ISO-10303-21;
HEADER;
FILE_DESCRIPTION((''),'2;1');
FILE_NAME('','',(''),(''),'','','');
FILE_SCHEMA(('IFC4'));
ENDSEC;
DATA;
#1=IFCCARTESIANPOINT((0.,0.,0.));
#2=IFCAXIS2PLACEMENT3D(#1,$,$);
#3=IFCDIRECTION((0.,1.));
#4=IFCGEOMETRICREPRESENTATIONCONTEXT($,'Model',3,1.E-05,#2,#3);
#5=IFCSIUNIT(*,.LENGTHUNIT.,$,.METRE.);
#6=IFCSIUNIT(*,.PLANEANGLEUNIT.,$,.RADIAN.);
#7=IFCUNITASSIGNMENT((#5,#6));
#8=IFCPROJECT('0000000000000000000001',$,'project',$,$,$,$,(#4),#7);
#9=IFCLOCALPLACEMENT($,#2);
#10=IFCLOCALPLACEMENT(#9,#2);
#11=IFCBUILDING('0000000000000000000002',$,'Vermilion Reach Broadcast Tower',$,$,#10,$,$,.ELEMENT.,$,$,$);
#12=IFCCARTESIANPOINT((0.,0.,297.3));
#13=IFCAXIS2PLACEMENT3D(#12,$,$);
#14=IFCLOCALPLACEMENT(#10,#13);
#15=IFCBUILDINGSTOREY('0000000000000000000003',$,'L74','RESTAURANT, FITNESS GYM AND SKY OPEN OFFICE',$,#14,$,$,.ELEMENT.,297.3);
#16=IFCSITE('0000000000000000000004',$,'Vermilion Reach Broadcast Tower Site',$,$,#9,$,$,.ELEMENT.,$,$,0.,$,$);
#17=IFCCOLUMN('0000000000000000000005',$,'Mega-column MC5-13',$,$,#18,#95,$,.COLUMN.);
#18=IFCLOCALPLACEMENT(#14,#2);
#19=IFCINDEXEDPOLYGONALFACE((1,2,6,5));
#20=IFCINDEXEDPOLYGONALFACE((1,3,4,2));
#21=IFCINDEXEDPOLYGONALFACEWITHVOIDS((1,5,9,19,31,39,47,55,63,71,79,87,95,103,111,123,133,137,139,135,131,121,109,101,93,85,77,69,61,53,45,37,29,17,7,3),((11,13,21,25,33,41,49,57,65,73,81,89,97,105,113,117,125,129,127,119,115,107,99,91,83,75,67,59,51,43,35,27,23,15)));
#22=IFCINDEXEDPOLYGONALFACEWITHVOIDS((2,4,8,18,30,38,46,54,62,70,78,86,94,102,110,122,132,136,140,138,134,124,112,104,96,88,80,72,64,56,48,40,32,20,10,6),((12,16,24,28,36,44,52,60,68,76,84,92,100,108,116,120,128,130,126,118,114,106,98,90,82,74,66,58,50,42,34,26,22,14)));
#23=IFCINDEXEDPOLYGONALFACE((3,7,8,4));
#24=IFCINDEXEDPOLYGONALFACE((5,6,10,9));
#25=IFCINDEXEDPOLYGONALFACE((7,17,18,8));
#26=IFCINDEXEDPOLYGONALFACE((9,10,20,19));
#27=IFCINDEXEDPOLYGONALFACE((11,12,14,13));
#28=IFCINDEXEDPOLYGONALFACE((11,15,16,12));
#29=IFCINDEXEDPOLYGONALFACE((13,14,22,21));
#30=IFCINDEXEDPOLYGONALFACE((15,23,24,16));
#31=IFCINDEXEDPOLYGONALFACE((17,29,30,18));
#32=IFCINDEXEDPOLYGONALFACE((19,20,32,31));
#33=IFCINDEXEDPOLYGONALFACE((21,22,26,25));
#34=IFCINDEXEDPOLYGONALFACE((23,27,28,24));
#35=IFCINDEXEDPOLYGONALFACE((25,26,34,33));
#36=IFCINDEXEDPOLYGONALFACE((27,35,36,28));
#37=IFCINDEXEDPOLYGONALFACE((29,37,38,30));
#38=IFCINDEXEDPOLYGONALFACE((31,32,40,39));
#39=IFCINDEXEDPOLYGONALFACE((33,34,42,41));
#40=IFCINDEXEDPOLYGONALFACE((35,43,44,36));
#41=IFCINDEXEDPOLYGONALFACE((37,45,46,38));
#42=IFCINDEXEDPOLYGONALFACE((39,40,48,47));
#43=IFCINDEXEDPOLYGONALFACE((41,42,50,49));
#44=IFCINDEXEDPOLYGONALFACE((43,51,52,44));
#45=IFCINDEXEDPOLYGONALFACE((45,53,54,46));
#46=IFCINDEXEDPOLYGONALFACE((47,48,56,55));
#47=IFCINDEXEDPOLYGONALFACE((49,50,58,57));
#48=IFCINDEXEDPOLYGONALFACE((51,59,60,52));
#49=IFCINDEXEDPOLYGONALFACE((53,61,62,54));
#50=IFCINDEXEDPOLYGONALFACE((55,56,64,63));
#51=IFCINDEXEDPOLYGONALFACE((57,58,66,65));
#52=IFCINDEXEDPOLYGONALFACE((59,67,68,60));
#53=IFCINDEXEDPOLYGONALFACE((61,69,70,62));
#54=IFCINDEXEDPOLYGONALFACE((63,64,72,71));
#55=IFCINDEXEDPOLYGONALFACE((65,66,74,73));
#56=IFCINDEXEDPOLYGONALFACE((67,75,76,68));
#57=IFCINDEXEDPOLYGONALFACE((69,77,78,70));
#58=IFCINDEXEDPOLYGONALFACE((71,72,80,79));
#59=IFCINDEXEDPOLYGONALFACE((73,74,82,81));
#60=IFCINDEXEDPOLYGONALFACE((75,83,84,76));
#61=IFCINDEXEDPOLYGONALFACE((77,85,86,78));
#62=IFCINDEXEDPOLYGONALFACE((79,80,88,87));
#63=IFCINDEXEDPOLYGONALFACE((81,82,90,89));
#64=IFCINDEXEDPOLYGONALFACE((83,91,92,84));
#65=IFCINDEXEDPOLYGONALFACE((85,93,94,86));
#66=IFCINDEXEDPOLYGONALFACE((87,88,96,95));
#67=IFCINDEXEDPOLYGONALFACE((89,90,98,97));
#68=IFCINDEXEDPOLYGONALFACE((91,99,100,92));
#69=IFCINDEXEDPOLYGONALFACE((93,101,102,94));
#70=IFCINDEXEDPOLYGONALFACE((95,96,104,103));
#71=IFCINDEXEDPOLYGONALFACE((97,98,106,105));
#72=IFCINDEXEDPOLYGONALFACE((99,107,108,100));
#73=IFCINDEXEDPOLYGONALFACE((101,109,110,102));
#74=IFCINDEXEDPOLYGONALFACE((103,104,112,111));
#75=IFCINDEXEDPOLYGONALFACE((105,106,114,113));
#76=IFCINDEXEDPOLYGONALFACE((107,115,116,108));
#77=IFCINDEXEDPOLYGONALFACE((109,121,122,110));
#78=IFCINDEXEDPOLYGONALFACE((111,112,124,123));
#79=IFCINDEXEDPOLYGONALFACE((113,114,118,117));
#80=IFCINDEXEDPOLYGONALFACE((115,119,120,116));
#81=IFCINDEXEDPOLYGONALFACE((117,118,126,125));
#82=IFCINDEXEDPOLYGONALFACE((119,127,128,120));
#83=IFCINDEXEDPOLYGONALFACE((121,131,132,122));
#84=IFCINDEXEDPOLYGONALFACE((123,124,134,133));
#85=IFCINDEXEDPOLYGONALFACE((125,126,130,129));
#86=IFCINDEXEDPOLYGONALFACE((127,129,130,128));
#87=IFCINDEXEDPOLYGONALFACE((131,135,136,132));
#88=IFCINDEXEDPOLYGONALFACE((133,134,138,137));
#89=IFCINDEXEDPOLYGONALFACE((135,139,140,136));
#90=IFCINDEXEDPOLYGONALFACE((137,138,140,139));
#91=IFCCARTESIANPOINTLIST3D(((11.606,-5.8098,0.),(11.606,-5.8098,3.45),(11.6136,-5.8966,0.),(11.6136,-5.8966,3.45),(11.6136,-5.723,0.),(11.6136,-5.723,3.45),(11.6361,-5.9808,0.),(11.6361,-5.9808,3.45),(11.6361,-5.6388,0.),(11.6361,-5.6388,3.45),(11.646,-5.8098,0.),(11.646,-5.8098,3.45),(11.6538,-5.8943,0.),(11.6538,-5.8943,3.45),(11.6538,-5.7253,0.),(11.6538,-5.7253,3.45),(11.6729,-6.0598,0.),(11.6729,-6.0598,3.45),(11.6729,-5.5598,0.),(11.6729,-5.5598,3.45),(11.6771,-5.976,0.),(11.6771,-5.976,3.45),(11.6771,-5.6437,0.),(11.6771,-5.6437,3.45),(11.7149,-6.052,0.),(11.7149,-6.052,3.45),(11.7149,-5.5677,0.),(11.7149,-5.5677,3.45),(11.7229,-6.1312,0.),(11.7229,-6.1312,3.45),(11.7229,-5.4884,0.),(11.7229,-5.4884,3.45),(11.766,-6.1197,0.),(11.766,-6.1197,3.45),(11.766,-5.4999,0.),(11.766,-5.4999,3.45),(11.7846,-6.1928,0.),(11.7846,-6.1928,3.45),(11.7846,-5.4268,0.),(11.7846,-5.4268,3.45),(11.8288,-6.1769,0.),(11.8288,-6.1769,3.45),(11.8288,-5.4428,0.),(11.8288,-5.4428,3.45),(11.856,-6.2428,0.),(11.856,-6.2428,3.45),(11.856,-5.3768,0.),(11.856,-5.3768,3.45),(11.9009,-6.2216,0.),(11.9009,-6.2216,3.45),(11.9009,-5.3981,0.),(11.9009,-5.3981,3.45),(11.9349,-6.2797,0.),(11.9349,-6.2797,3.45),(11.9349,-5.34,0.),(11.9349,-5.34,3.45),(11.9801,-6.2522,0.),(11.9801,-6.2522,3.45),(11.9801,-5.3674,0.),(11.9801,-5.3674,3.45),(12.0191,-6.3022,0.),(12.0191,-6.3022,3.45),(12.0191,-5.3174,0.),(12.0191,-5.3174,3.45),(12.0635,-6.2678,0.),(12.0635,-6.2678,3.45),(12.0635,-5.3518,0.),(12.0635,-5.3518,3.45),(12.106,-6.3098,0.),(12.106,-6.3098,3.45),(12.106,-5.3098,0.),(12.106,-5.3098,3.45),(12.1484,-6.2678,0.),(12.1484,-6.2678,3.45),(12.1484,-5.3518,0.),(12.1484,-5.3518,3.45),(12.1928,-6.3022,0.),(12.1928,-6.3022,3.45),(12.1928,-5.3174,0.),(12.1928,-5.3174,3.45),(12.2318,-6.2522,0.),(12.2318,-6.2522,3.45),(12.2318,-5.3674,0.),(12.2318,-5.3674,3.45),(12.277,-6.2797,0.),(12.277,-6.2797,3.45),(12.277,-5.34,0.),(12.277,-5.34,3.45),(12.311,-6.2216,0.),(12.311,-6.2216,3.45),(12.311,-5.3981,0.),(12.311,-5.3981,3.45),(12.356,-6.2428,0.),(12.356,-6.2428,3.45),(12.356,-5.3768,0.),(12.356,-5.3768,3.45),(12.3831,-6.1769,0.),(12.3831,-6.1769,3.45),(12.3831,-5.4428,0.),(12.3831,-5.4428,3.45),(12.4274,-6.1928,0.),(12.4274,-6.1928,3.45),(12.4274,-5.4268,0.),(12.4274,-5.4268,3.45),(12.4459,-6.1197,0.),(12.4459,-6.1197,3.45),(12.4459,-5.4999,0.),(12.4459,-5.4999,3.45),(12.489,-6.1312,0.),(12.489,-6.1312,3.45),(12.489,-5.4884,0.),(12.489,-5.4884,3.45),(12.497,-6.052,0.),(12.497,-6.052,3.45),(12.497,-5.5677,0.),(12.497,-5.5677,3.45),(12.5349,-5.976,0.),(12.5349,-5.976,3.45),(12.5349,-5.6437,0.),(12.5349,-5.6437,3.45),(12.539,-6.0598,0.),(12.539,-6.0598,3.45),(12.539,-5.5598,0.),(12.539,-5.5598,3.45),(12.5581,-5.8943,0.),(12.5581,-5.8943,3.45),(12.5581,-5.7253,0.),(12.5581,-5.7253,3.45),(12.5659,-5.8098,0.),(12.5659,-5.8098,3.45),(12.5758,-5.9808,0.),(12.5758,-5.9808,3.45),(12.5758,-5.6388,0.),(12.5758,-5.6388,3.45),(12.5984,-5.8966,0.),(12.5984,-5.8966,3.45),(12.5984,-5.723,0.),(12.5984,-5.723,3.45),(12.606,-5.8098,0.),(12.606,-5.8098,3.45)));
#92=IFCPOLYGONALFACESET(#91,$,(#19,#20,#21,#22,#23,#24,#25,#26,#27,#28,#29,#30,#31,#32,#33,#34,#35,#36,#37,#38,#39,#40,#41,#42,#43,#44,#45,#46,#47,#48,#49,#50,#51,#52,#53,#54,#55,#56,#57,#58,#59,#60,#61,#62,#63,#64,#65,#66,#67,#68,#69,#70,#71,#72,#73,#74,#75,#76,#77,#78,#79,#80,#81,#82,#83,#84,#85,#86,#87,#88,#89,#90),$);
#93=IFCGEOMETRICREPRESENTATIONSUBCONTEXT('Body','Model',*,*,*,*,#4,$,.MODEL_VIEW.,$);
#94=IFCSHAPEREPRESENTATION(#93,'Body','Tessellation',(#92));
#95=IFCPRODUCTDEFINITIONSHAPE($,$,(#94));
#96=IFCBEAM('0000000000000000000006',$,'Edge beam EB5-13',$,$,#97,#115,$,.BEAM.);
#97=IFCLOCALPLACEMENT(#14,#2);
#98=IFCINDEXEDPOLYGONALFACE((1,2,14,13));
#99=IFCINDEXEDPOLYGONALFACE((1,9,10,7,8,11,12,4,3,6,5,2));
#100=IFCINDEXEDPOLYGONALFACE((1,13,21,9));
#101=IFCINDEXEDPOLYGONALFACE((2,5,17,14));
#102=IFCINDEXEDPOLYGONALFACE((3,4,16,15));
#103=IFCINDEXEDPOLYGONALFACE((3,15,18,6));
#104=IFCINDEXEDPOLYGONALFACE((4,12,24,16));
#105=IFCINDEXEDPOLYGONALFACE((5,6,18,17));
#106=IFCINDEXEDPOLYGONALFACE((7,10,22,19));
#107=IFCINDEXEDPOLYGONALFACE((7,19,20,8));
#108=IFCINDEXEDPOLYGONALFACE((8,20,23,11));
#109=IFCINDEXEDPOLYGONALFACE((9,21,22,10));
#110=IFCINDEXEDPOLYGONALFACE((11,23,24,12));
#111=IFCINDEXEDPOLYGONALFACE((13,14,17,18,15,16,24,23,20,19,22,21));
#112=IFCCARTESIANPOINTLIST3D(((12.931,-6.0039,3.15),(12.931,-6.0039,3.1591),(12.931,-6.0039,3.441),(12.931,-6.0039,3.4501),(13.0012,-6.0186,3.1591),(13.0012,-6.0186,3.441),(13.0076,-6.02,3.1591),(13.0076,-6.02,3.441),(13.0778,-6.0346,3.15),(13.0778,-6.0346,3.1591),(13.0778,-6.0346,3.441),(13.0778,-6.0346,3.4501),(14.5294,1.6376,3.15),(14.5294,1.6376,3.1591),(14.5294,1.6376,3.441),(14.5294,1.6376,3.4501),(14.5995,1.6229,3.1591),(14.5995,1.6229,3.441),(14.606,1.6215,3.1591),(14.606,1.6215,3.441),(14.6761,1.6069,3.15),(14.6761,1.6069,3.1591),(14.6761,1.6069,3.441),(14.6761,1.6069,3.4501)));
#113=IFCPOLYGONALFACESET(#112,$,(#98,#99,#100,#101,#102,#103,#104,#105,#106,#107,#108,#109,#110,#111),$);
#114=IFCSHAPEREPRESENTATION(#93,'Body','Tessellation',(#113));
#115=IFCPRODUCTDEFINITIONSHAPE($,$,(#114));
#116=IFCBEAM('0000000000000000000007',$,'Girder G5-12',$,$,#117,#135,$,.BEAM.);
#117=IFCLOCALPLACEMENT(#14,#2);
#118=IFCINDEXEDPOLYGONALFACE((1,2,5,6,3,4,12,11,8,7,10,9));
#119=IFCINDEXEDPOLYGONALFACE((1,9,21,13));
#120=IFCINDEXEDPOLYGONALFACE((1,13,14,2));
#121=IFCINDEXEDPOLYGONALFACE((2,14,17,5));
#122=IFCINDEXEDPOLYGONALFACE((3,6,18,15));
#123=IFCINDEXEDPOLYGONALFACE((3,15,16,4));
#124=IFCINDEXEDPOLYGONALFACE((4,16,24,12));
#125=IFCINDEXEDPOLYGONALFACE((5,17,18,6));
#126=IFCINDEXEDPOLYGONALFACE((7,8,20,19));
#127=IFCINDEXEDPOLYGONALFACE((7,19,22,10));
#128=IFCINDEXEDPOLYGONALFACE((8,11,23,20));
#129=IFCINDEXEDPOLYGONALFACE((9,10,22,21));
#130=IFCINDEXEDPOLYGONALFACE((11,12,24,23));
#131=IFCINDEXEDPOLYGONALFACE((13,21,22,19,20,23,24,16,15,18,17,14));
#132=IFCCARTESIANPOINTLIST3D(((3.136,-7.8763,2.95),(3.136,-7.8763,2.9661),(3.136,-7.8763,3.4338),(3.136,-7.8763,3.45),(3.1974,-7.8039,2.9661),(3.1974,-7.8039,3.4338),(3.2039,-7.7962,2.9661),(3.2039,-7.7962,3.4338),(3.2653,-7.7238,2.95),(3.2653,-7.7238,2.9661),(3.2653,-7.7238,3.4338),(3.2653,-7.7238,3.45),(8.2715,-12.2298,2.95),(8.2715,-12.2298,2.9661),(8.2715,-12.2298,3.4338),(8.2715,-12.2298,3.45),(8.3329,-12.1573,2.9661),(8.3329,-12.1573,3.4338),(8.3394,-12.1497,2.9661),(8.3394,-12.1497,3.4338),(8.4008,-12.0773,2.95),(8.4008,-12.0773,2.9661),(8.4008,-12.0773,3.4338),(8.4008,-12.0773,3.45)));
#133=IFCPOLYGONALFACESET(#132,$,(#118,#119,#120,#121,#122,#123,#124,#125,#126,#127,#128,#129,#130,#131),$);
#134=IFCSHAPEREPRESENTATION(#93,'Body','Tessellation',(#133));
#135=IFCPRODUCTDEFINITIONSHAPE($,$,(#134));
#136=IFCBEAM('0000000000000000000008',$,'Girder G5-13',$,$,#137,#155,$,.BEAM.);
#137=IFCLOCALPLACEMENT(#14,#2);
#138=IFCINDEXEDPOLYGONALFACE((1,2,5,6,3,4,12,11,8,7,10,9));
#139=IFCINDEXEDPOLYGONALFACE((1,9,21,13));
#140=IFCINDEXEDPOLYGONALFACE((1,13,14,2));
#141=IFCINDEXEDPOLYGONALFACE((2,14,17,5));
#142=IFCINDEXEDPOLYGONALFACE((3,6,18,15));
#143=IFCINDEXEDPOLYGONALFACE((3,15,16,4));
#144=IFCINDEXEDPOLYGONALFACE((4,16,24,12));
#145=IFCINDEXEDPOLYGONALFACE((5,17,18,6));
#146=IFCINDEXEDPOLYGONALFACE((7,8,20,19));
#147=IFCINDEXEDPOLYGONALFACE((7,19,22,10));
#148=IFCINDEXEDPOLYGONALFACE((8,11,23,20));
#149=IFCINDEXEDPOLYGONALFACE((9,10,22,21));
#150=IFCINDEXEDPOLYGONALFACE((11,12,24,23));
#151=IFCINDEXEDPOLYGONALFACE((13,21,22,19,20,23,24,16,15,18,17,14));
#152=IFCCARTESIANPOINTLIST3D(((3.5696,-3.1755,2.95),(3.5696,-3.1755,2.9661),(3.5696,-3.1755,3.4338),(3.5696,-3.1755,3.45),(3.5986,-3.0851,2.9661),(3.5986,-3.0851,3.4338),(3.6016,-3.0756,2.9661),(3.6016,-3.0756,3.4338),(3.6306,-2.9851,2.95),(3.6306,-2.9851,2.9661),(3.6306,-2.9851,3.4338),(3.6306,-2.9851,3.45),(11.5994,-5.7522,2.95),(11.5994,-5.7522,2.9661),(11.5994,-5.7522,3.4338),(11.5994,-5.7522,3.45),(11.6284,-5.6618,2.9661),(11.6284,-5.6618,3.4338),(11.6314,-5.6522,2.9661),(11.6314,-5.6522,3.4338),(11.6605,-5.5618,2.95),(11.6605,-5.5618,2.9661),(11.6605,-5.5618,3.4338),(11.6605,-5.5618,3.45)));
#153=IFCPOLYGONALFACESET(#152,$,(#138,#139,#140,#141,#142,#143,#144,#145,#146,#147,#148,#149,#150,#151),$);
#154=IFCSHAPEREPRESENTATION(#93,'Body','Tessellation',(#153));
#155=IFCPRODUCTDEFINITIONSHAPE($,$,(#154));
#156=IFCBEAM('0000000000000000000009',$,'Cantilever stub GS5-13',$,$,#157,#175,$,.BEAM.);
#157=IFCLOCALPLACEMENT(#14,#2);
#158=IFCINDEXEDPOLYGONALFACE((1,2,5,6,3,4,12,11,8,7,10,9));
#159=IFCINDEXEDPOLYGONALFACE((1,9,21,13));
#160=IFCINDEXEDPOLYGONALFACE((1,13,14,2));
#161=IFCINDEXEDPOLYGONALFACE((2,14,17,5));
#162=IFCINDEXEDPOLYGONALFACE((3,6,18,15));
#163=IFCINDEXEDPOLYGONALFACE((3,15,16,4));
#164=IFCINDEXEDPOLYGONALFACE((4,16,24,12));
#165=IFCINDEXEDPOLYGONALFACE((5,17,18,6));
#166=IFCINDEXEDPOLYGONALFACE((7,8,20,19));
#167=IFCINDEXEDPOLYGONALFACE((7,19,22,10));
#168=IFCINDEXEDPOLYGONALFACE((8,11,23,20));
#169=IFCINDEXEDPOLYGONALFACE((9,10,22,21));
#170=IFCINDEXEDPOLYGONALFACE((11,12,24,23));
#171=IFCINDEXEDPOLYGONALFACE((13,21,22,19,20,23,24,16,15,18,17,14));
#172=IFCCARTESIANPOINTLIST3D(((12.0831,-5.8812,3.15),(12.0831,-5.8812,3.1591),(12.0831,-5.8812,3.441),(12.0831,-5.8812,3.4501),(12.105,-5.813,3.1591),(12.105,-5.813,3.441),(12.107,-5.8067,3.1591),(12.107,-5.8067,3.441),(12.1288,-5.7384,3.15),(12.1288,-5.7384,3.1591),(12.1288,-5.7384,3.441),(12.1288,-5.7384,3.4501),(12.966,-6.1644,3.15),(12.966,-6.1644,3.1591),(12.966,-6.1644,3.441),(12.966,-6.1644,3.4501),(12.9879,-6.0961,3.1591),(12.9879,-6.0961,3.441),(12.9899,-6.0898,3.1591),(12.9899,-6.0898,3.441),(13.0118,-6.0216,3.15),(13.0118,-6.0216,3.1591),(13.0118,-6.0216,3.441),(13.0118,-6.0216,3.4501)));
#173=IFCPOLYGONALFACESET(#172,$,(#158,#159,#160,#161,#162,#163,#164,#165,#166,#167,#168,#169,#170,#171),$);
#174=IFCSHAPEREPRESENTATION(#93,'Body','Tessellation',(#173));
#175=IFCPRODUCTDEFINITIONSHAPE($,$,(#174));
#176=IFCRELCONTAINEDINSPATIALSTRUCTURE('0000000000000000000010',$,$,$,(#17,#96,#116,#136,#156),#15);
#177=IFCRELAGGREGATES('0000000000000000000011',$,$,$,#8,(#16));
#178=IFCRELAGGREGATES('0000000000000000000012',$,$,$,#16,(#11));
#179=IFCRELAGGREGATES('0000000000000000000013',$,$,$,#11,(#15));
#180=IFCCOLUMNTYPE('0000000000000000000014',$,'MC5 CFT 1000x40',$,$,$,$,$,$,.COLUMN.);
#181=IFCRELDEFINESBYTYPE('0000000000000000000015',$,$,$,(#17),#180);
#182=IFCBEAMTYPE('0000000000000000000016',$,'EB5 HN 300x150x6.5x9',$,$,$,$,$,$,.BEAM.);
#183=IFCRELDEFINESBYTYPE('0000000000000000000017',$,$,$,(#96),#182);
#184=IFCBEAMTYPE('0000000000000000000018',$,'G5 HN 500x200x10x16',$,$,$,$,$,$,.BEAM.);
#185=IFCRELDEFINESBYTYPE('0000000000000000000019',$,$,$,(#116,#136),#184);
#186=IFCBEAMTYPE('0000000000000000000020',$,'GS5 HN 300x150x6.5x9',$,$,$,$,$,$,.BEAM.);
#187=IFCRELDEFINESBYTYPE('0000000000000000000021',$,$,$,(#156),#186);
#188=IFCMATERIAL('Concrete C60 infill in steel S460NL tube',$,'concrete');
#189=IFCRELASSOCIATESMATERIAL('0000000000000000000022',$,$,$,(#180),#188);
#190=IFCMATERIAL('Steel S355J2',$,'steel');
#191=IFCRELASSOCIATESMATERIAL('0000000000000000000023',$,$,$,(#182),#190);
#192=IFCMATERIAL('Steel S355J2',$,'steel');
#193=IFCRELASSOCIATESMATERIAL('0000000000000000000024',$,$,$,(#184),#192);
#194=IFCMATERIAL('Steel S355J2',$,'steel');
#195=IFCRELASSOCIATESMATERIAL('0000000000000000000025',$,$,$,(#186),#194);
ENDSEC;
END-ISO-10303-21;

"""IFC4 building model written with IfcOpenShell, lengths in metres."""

from ifc_helpers import new_model, si_unit, direction, frame, origin, origin_2d, place, context, subcontext, project, spatial, hollow_circle, i_section, extrude, material, material_profile, profile_set, type_object, element, save


model = new_model("IFC4")

# Units and contexts
model_context = context("Model", 3, precision=1e-05, world=origin(), true_north=direction((0.0, 1.0)))
body_context = subcontext(model_context, "Body", "Model", "MODEL_VIEW")
ifc_project = project(units=[si_unit("LENGTHUNIT", "METRE"), si_unit("PLANEANGLEUNIT", "RADIAN")], contexts=[model_context])

# Site, building, storey
site_placement = place(None, origin())
site = spatial("IfcSite", under=ifc_project, at=site_placement, Name="Vermilion Reach Broadcast Tower Site", CompositionType="ELEMENT", RefElevation=0.0)
building_placement = place(site_placement, origin())
building = spatial("IfcBuilding", under=site, at=building_placement, Name="Vermilion Reach Broadcast Tower", CompositionType="ELEMENT")
storey_placement = place(building_placement, frame((0.0, 0.0, 297.3)))
storey = spatial("IfcBuildingStorey", under=building, at=storey_placement, Name="L74", Description="RESTAURANT, FITNESS GYM AND SKY OPEN OFFICE", CompositionType="ELEMENT", Elevation=297.3)

# Column
ifc_material_1 = material(Name="Concrete C60 infill in steel S460NL tube", Category="concrete")
ifc_material_profile_1 = material_profile(ifc_material_1, hollow_circle(Radius=0.5, WallThickness=0.04, at=origin_2d()), Name="Concrete C60 infill in steel S460NL tube CFT 1000x40")
ifc_profile_set_1 = profile_set([ifc_material_profile_1], Name="Concrete C60 infill in steel S460NL tube")
column_type = type_object("IfcColumnType", Name="MC5 CFT 1000x40", PredefinedType="COLUMN", material=ifc_profile_set_1)
column_placement = place(storey_placement, frame((12.106, -5.8098, 0.0), z_axis=(0.0, 0.0, 1.0), x_axis=(1.0, 0.0, 0.0)))
element("IfcColumn", 1, at=column_placement, inside=storey, type_object=column_type, Name="Mega-column MC5-13", PredefinedType="COLUMN", context=body_context, shape_type="SweptSolid", body=[
    extrude(hollow_circle(Radius=0.5, WallThickness=0.04, at=origin_2d()), origin(), (0.0, 0.0, 1.0), 3.45),
])

# Beams
ifc_material_2 = material(Name="Steel S355J2", Category="steel")
ifc_material_profile_2 = material_profile(ifc_material_2, i_section(OverallWidth=0.1499, OverallDepth=0.3, WebThickness=0.0066, FlangeThickness=0.009, at=origin_2d()), Name="S355J2 HN 300x150x6.5x9")
ifc_profile_set_2 = profile_set([ifc_material_profile_2], Name="Steel S355J2")
beam_type_1 = type_object("IfcBeamType", Name="EB5 HN 300x150x6.5x9", PredefinedType="BEAM", material=ifc_profile_set_2)
beam_1_placement = place(storey_placement, frame((13.0044, -6.0193, 3.3), z_axis=(0.204738, 0.978817, 0.0), x_axis=(-0.978817, 0.204738, 0.0)))
element("IfcBeam", 2, at=beam_1_placement, inside=storey, type_object=beam_type_1, Name="Edge beam EB5-13", PredefinedType="BEAM", context=body_context, shape_type="SweptSolid", body=[
    extrude(i_section(OverallWidth=0.1499, OverallDepth=0.3, WebThickness=0.0066, FlangeThickness=0.009, at=origin_2d()), origin(), (0.0, 0.0, 1.0), 7.8069),
])
ifc_material_3 = material(Name="Steel S355J2", Category="steel")
ifc_material_profile_3 = material_profile(ifc_material_3, i_section(OverallWidth=0.2, OverallDepth=0.5, WebThickness=0.01, FlangeThickness=0.0161, at=origin_2d()), Name="S355J2 HN 500x200x10x16")
ifc_profile_set_3 = profile_set([ifc_material_profile_3], Name="Steel S355J2")
beam_type_2 = type_object("IfcBeamType", Name="G5 HN 500x200x10x16", PredefinedType="BEAM", material=ifc_profile_set_3)
beam_2_placement = place(storey_placement, frame((3.2007, -7.8, 3.2), z_axis=(0.762793, -0.646643, 0.0), x_axis=(0.646643, 0.762793, 0.0)))
element("IfcBeam", 3, at=beam_2_placement, inside=storey, type_object=beam_type_2, Name="Girder G5-12", PredefinedType="BEAM", context=body_context, shape_type="SweptSolid", body=[
    extrude(i_section(OverallWidth=0.2, OverallDepth=0.5, WebThickness=0.01, FlangeThickness=0.0161, at=origin_2d()), origin(), (0.0, 0.0, 1.0), 6.7324),
])
beam_3_placement = place(storey_placement, frame((3.6001, -3.0803, 3.2), z_axis=(0.952178, -0.305542, 0.0), x_axis=(0.305542, 0.952178, 0.0)))
element("IfcBeam", 4, at=beam_3_placement, inside=storey, type_object=beam_type_2, Name="Girder G5-13", PredefinedType="BEAM", context=body_context, shape_type="SweptSolid", body=[
    extrude(i_section(OverallWidth=0.2, OverallDepth=0.5, WebThickness=0.01, FlangeThickness=0.0161, at=origin_2d()), origin(), (0.0, 0.0, 1.0), 8.4331),
])
ifc_material_4 = material(Name="Steel S355J2", Category="steel")
ifc_material_profile_4 = material_profile(ifc_material_4, i_section(OverallWidth=0.1499, OverallDepth=0.3, WebThickness=0.0066, FlangeThickness=0.009, at=origin_2d()), Name="S355J2 HN 300x150x6.5x9")
ifc_profile_set_4 = profile_set([ifc_material_profile_4], Name="Steel S355J2")
beam_type_3 = type_object("IfcBeamType", Name="GS5 HN 300x150x6.5x9", PredefinedType="BEAM", material=ifc_profile_set_4)
beam_4_placement = place(storey_placement, frame((12.106, -5.8098, 3.3), z_axis=(0.952228, -0.305387, 0.0), x_axis=(0.305387, 0.952228, 0.0)))
element("IfcBeam", 5, at=beam_4_placement, inside=storey, type_object=beam_type_3, Name="Cantilever stub GS5-13", PredefinedType="BEAM", context=body_context, shape_type="SweptSolid", body=[
    extrude(i_section(OverallWidth=0.1499, OverallDepth=0.3, WebThickness=0.0066, FlangeThickness=0.009, at=origin_2d()), origin(), (0.0, 0.0, 1.0), 0.9272),
])

save(model, "model.ifc")
